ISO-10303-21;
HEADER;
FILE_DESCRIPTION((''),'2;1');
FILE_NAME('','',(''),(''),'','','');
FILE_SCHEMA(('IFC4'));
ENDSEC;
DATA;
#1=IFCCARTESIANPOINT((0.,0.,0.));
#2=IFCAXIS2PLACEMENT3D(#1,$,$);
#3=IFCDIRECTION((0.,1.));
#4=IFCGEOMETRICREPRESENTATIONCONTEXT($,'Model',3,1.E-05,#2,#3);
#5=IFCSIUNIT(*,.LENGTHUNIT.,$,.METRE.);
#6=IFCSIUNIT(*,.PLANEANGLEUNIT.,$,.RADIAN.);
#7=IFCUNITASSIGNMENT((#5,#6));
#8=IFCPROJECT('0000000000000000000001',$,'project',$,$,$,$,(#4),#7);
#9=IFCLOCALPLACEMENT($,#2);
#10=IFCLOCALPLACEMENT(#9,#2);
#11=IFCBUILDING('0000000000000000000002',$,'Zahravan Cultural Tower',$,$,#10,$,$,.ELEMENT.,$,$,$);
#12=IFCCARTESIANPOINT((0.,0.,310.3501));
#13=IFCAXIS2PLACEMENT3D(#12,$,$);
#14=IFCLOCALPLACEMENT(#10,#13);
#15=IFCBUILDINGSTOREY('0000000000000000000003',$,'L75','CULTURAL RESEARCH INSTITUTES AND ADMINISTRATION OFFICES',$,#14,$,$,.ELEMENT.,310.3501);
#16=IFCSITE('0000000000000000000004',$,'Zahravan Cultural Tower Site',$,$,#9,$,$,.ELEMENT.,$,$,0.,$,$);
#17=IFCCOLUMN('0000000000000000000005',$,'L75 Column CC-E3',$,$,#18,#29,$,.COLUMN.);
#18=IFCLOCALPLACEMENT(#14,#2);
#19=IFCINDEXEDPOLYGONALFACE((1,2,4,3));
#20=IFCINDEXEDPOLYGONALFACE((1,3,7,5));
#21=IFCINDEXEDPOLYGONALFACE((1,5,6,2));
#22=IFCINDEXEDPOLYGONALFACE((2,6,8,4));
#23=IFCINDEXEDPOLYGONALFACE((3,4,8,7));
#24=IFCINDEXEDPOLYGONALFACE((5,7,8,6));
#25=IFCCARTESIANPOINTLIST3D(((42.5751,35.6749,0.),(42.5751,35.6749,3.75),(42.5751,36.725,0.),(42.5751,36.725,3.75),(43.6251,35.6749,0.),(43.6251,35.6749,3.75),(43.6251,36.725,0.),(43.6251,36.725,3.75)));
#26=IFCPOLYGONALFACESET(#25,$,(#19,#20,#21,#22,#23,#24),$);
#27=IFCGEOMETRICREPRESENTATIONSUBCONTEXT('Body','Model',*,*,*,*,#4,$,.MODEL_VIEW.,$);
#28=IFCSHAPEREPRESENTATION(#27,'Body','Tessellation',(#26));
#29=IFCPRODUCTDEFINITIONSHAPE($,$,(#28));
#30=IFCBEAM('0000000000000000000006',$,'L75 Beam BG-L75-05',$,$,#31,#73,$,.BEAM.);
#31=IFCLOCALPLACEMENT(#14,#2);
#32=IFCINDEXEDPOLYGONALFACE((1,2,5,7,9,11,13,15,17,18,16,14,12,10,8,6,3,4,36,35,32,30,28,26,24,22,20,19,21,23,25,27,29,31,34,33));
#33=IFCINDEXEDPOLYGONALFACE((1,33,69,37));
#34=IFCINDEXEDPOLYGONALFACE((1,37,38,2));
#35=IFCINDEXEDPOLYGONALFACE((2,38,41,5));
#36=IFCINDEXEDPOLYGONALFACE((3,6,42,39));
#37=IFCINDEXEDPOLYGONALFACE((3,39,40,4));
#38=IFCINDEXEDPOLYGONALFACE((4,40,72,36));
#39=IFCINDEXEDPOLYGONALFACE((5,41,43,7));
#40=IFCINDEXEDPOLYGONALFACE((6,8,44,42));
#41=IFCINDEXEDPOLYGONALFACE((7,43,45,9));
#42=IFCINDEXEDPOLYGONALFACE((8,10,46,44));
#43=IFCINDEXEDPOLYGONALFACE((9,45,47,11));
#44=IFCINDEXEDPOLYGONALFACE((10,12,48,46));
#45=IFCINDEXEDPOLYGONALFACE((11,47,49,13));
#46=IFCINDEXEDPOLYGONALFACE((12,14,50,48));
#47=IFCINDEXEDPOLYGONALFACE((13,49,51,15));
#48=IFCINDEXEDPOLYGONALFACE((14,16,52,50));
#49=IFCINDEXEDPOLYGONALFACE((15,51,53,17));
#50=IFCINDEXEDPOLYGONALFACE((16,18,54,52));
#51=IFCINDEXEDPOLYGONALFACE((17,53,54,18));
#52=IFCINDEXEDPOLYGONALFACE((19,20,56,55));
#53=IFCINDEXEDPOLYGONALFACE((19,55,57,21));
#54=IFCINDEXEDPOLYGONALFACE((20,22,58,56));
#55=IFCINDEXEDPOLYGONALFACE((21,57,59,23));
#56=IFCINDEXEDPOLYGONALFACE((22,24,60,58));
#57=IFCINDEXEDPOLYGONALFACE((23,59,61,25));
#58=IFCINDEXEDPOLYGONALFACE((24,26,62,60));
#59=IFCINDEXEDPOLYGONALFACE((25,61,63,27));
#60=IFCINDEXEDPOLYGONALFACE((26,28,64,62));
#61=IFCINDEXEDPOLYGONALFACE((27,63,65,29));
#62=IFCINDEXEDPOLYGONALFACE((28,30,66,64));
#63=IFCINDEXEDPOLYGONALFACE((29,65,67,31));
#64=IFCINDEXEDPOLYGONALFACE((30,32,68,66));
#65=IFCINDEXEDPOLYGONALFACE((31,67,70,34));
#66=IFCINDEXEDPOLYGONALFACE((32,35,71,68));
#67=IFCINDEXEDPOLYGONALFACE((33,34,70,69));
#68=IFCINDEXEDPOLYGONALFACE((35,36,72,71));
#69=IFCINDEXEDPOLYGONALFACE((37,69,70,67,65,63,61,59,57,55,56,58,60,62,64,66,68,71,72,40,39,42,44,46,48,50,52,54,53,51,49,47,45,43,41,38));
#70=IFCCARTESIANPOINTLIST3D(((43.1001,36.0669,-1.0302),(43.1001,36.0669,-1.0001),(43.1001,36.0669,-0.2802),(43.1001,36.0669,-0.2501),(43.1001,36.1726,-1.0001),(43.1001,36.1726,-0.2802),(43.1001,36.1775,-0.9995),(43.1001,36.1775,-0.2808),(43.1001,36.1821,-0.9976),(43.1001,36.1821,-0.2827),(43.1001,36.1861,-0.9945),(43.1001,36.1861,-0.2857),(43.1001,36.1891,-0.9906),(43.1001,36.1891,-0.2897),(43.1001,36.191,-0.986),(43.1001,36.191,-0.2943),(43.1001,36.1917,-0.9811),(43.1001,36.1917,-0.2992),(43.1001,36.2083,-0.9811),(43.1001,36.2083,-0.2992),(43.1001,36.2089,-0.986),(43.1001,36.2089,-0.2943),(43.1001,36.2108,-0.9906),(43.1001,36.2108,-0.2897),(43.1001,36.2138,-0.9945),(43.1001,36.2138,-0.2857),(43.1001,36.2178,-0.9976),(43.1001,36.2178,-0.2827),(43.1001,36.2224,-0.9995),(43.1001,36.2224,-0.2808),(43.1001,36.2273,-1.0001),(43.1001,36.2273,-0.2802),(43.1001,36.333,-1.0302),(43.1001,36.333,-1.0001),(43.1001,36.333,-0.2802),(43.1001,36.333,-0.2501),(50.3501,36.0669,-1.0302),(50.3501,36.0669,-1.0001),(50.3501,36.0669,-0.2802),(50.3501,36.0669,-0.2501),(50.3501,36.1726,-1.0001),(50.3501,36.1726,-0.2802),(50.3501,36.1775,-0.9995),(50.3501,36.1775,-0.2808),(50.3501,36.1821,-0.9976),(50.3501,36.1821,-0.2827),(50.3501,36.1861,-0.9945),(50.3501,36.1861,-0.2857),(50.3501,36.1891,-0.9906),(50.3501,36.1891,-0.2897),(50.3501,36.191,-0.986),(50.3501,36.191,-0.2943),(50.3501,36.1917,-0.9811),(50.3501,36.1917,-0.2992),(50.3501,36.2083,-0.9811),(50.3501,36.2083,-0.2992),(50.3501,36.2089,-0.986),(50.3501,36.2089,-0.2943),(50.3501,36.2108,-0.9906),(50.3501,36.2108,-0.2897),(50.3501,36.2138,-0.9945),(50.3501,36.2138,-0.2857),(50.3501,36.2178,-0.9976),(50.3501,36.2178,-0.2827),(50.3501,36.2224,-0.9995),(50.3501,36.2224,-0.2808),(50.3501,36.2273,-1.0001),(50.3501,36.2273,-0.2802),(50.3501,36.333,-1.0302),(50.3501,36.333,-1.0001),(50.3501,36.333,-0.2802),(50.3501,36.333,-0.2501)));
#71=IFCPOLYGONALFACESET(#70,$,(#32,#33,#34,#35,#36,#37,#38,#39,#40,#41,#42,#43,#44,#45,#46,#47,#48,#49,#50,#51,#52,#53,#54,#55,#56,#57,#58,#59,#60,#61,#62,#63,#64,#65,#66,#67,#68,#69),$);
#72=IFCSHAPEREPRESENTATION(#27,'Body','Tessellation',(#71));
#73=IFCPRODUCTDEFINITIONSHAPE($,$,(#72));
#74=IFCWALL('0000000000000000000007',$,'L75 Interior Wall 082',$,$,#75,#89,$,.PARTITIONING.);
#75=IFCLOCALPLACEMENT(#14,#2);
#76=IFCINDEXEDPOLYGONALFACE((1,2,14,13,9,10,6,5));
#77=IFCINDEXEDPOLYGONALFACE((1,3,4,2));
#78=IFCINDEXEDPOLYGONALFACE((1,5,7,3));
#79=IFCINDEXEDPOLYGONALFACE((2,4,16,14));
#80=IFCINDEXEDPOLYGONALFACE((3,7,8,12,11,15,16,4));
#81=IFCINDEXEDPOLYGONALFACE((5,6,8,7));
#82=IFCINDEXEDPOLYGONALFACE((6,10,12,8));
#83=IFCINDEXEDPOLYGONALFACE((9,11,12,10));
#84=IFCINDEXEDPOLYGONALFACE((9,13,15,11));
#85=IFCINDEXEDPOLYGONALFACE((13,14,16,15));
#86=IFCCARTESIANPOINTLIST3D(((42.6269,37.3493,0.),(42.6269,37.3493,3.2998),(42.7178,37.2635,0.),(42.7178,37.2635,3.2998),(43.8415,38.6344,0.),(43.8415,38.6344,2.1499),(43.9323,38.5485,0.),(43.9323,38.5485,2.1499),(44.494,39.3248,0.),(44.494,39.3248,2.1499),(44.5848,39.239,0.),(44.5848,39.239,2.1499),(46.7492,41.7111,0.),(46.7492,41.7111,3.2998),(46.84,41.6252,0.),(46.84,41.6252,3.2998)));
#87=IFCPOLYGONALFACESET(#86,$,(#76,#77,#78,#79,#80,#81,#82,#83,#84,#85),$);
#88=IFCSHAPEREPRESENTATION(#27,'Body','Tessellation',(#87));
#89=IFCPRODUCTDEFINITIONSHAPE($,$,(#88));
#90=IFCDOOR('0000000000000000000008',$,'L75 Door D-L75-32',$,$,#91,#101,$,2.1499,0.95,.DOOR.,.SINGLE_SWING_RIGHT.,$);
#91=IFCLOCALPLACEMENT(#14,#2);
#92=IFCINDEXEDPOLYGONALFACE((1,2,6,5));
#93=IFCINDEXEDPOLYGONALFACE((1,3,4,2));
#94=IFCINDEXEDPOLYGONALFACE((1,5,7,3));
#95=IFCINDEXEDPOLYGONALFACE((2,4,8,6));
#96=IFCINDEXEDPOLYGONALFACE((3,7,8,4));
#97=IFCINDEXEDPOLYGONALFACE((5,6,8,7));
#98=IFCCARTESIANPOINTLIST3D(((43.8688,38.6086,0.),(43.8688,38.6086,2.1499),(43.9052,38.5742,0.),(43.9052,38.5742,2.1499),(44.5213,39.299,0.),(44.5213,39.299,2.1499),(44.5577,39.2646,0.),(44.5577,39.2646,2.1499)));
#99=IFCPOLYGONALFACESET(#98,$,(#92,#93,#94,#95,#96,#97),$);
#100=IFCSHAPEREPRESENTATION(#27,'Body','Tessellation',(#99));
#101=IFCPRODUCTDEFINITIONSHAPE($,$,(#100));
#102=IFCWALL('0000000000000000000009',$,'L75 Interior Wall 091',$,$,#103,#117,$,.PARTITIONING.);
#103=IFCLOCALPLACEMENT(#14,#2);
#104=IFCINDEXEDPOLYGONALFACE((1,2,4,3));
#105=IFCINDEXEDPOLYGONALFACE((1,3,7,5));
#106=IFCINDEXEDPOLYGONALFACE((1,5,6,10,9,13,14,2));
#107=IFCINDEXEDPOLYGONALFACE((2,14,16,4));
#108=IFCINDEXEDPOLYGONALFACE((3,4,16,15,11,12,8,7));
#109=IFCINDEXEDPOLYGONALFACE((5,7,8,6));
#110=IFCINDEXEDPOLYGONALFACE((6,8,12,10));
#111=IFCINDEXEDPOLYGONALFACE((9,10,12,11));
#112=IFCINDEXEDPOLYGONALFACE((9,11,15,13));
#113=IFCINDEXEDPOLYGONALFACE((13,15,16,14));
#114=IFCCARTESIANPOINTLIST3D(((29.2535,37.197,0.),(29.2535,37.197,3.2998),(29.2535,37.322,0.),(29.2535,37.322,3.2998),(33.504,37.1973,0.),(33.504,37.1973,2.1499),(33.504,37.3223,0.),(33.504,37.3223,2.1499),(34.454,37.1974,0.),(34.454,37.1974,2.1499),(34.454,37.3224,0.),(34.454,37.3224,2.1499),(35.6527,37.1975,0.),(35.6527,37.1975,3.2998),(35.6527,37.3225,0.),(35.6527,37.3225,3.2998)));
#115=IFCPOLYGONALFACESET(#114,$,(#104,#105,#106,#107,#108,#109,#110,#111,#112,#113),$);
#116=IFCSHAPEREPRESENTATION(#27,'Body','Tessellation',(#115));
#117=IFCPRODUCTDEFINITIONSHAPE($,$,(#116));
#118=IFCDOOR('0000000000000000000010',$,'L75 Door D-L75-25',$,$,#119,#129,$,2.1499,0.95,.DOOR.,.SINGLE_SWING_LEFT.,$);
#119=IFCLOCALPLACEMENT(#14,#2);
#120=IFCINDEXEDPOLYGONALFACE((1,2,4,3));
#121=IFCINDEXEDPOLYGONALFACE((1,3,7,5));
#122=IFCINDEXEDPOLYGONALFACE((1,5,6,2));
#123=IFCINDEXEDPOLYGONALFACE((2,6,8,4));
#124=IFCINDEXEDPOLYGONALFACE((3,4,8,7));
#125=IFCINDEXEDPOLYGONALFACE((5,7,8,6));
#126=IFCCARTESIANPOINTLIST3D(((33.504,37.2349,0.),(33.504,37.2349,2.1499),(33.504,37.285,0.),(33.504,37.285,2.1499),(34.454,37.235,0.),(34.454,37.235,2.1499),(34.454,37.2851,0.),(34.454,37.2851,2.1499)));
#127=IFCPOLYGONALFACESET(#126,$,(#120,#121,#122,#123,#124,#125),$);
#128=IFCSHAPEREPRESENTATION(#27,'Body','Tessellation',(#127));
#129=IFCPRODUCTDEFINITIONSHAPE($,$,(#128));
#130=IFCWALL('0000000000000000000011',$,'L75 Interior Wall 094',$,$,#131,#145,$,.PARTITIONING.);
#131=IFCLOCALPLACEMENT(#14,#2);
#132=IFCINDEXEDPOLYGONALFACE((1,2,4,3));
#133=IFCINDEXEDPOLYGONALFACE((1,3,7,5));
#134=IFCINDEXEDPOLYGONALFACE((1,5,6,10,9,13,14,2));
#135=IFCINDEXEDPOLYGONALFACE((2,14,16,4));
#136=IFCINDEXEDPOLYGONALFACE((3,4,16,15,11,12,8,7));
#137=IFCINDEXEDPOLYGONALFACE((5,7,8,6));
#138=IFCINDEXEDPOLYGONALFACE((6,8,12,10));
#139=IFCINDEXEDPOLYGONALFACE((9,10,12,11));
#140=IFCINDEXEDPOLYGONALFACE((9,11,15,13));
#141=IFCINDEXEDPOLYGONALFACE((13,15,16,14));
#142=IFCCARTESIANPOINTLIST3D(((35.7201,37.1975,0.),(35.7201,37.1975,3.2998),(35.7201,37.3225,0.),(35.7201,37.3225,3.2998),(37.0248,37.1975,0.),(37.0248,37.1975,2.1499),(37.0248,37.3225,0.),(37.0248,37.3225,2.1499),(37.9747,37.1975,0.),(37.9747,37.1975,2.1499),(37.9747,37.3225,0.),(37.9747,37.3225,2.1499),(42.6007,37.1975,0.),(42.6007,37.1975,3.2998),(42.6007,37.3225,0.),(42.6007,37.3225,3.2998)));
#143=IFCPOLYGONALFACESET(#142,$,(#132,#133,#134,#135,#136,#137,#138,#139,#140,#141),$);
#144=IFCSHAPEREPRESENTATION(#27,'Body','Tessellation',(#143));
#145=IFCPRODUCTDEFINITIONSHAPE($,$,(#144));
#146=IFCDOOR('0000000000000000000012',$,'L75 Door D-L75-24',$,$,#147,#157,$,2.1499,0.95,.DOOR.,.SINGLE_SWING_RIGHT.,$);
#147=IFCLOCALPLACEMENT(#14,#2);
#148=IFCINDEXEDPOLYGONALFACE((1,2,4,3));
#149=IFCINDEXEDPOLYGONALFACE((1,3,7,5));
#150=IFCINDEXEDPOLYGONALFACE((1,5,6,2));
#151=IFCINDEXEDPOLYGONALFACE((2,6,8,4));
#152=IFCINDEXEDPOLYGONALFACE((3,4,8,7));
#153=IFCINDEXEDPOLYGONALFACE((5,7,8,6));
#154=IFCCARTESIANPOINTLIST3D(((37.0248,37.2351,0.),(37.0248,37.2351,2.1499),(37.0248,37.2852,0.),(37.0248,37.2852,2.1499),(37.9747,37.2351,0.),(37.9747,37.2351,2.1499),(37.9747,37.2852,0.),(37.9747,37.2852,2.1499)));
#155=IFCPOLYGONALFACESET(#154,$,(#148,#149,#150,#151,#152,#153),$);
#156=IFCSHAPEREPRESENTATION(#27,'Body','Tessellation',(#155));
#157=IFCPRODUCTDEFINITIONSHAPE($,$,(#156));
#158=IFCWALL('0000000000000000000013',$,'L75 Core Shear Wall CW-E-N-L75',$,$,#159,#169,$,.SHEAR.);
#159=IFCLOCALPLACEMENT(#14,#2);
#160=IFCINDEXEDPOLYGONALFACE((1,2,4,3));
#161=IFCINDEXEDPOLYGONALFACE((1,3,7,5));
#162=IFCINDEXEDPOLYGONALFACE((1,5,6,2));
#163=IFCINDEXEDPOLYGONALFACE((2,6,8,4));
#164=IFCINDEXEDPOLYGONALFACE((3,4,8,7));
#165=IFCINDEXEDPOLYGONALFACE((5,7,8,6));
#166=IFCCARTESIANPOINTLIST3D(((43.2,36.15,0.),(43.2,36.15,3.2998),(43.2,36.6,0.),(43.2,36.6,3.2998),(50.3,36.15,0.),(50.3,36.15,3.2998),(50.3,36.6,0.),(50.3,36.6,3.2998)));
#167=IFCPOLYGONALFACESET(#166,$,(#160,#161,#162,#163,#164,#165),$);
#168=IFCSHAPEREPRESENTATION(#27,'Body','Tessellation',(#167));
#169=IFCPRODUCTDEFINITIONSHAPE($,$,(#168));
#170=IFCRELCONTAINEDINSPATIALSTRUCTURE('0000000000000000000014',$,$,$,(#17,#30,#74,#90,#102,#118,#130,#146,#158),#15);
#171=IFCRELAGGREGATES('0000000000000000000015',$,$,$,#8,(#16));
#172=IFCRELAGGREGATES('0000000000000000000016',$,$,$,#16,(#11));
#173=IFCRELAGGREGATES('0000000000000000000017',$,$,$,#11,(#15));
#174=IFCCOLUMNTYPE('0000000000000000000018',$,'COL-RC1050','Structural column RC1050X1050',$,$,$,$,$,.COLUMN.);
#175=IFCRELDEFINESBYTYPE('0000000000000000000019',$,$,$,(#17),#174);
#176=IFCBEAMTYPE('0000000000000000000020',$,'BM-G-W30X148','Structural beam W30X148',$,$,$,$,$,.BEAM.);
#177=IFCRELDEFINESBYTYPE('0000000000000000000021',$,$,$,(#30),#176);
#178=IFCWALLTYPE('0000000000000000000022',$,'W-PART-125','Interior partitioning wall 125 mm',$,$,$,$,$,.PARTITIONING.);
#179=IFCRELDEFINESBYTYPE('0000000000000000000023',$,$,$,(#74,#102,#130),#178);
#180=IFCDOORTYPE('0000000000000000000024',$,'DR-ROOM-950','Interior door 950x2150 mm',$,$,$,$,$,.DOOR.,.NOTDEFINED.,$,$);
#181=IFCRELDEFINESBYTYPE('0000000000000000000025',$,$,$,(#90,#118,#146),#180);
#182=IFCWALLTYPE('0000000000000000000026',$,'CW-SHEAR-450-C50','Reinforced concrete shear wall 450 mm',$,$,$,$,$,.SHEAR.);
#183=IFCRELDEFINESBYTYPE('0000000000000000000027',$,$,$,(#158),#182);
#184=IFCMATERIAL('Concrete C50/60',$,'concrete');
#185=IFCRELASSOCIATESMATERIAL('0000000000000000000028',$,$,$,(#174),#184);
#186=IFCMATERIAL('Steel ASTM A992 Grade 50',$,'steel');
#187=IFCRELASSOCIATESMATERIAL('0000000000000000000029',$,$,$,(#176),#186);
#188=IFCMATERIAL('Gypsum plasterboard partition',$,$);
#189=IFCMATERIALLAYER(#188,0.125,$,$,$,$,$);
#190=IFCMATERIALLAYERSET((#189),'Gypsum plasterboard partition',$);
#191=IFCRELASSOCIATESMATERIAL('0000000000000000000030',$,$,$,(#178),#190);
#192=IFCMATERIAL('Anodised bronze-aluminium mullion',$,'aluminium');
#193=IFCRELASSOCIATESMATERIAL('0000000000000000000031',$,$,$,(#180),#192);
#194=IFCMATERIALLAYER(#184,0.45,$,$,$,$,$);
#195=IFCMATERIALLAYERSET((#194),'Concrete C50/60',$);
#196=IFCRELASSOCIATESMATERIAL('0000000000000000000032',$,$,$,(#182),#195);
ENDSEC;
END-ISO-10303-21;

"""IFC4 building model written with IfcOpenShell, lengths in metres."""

from ifc_helpers import new_model, si_unit, direction, frame, frame_2d, origin, origin_2d, place, context, subcontext, project, spatial, rectangle, i_section, extrude, source, transform, mapped, material, layer, layer_set, material_profile, profile_set, type_object, element, fill, save


model = new_model("IFC4")

# Units and contexts
model_context = context("Model", 3, precision=1e-05, world=origin(), true_north=direction((0.0, 1.0)))
body_context = subcontext(model_context, "Body", "Model", "MODEL_VIEW")
ifc_project = project(units=[si_unit("LENGTHUNIT", "METRE"), si_unit("PLANEANGLEUNIT", "RADIAN")], contexts=[model_context])

# Site, building, storey
site_placement = place(None, origin())
site = spatial("IfcSite", under=ifc_project, at=site_placement, Name="Zahravan Cultural Tower Site", CompositionType="ELEMENT", RefElevation=0.0)
building_placement = place(site_placement, origin())
building = spatial("IfcBuilding", under=site, at=building_placement, Name="Zahravan Cultural Tower", CompositionType="ELEMENT")
storey_placement = place(building_placement, frame((0.0, 0.0, 310.3501)))
storey = spatial("IfcBuildingStorey", under=building, at=storey_placement, Name="L75", Description="CULTURAL RESEARCH INSTITUTES AND ADMINISTRATION OFFICES", CompositionType="ELEMENT", Elevation=310.3501)

# Column
ifc_material_1 = material(Name="Concrete C50/60", Category="concrete")
ifc_material_profile_1 = material_profile(ifc_material_1, rectangle(XDim=1.05, YDim=1.05, at=origin_2d()), Name="RC1050X1050")
ifc_profile_set_1 = profile_set([ifc_material_profile_1], Name="Concrete C50/60")
column_type = type_object("IfcColumnType", Name="COL-RC1050", Description="Structural column RC1050X1050", PredefinedType="COLUMN", material=ifc_profile_set_1)
shared_shape_1 = source(origin(), body_context, "Body", "SweptSolid", [
    extrude(rectangle(XDim=1.05, YDim=1.05, at=origin_2d()), origin(), (0.0, 0.0, 1.0), 3.75),
])
column_placement = place(storey_placement, frame((43.1001, 36.2, 0.0), z_axis=(0.0, 0.0, 1.0), x_axis=(1.0, 0.0, 0.0)))
element("IfcColumn", 1, at=column_placement, inside=storey, type_object=column_type, Name="L75 Column CC-E3", PredefinedType="COLUMN", context=body_context, shape_type="MappedRepresentation", body=[
    mapped(shared_shape_1, transform((0.0, 0.0, 0.0), x_axis=(1.0, 0.0, 0.0), y_axis=(0.0, 1.0, 0.0), z_axis=(0.0, 0.0, 1.0), scale=1.0)),
])

# Beam
ifc_material_2 = material(Name="Steel ASTM A992 Grade 50", Category="steel")
ifc_material_profile_2 = material_profile(ifc_material_2, i_section(OverallWidth=0.2661, OverallDepth=0.78, WebThickness=0.0166, FlangeThickness=0.03, FilletRadius=0.019, at=origin_2d()), Name="W30X148")
ifc_profile_set_2 = profile_set([ifc_material_profile_2], Name="Steel ASTM A992 Grade 50")
beam_type = type_object("IfcBeamType", Name="BM-G-W30X148", Description="Structural beam W30X148", PredefinedType="BEAM", material=ifc_profile_set_2)
shared_shape_2 = source(origin(), body_context, "Body", "SweptSolid", [
    extrude(i_section(OverallWidth=0.2661, OverallDepth=0.78, WebThickness=0.0166, FlangeThickness=0.03, FilletRadius=0.019, at=origin_2d()), origin(), (0.0, 0.0, 1.0), 7.25),
])
beam_placement = place(storey_placement, frame((43.1001, 36.2, -0.6401), z_axis=(1.0, 0.0, 0.0), x_axis=(0.0, 1.0, 0.0)))
element("IfcBeam", 2, at=beam_placement, inside=storey, type_object=beam_type, Name="L75 Beam BG-L75-05", PredefinedType="BEAM", context=body_context, shape_type="MappedRepresentation", body=[
    mapped(shared_shape_2, transform((0.0, 0.0, 0.0), x_axis=(1.0, 0.0, 0.0), y_axis=(0.0, 1.0, 0.0), z_axis=(0.0, 0.0, 1.0), scale=1.0)),
])

# Walls, openings, doors
ifc_material_3 = material(Name="Anodised bronze-aluminium mullion", Category="aluminium")
ifc_material_4 = material(Name="Gypsum plasterboard partition")
ifc_layer_1 = layer(ifc_material_4, 0.125)
ifc_layer_set_1 = layer_set([ifc_layer_1], Name="Gypsum plasterboard partition")
wall_type_1 = type_object("IfcWallType", Name="W-PART-125", Description="Interior partitioning wall 125 mm", PredefinedType="PARTITIONING", material=ifc_layer_set_1)
wall_1_placement = place(storey_placement, frame((42.6724, 37.3064, 0.0), z_axis=(0.0, 0.0, 1.0), x_axis=(0.686872, 0.726778, 0.0)))
wall_1 = element("IfcWall", 3, at=wall_1_placement, inside=storey, type_object=wall_type_1, Name="L75 Interior Wall 082", PredefinedType="PARTITIONING", context=body_context, shape_type="SweptSolid", body=[
    extrude(rectangle(XDim=6.0015, YDim=0.125, at=frame_2d((3.0007, 0.0))), origin(), (0.0, 0.0, 1.0), 3.2998),
])
opening_1_placement = place(wall_1_placement, frame((1.7681, 0.0, 0.0)))
opening_1 = element("IfcOpeningElement", 4, at=opening_1_placement, cuts=wall_1, PredefinedType="OPENING", context=body_context, shape_type="SweptSolid", body=[
    extrude(rectangle(XDim=0.95, YDim=2.1499, at=frame_2d((0.4751, 1.075))), frame((0.0, 0.0725, 0.0), z_axis=(0.0, -1.0, 0.0), x_axis=(1.0, 0.0, 0.0)), (0.0, 0.0, 1.0), 0.145),
])
door_type_1 = type_object("IfcDoorType", Name="DR-ROOM-950", Description="Interior door 950x2150 mm", OperationType="NOTDEFINED", PredefinedType="DOOR", material=ifc_material_3)
shared_shape_3 = source(origin(), body_context, "Body", "SweptSolid", [
    extrude(rectangle(XDim=0.95, YDim=2.1499, at=frame_2d((0.4751, 1.075))), frame((0.0, 0.0249, 0.0), z_axis=(0.0, -1.0, 0.0), x_axis=(1.0, 0.0, 0.0)), (0.0, 0.0, 1.0), 0.05),
])
door_1_placement = place(opening_1_placement, origin())
door_1 = element("IfcDoor", 5, at=door_1_placement, inside=storey, type_object=door_type_1, Name="L75 Door D-L75-32", OperationType="SINGLE_SWING_RIGHT", OverallHeight=2.1499, OverallWidth=0.95, PredefinedType="DOOR", context=body_context, shape_type="MappedRepresentation", body=[
    mapped(shared_shape_3, transform((0.0, 0.0, 0.0), x_axis=(1.0, 0.0, 0.0), y_axis=(0.0, 1.0, 0.0), z_axis=(0.0, 0.0, 1.0), scale=1.0)),
])
fill(opening_1, door_1)
wall_2_placement = place(storey_placement, frame((35.6528, 37.26, 0.0), z_axis=(0.0, 0.0, 1.0), x_axis=(-1.0, -0.000076, 0.0)))
wall_2 = element("IfcWall", 6, at=wall_2_placement, inside=storey, type_object=wall_type_1, Name="L75 Interior Wall 091", PredefinedType="PARTITIONING", context=body_context, shape_type="SweptSolid", body=[
    extrude(rectangle(XDim=6.3992, YDim=0.125, at=frame_2d((3.1997, 0.0))), origin(), (0.0, 0.0, 1.0), 3.2998),
])
opening_2_placement = place(wall_2_placement, frame((1.1987, 0.0, 0.0)))
opening_2 = element("IfcOpeningElement", 7, at=opening_2_placement, cuts=wall_2, PredefinedType="OPENING", context=body_context, shape_type="SweptSolid", body=[
    extrude(rectangle(XDim=0.95, YDim=2.1499, at=frame_2d((0.4751, 1.075))), frame((0.0, 0.0725, 0.0), z_axis=(0.0, -1.0, 0.0), x_axis=(1.0, 0.0, 0.0)), (0.0, 0.0, 1.0), 0.145),
])
door_2_placement = place(opening_2_placement, origin())
door_2 = element("IfcDoor", 8, at=door_2_placement, inside=storey, type_object=door_type_1, Name="L75 Door D-L75-25", OperationType="SINGLE_SWING_LEFT", OverallHeight=2.1499, OverallWidth=0.95, PredefinedType="DOOR", context=body_context, shape_type="MappedRepresentation", body=[
    mapped(shared_shape_3, transform((0.0, 0.0, 0.0), x_axis=(1.0, 0.0, 0.0), y_axis=(0.0, 1.0, 0.0), z_axis=(0.0, 0.0, 1.0), scale=1.0)),
])
fill(opening_2, door_2)
wall_3_placement = place(storey_placement, frame((42.6008, 37.26, 0.0), z_axis=(0.0, 0.0, 1.0), x_axis=(-1.0, 0.0, 0.0)))
wall_3 = element("IfcWall", 9, at=wall_3_placement, inside=storey, type_object=wall_type_1, Name="L75 Interior Wall 094", PredefinedType="PARTITIONING", context=body_context, shape_type="SweptSolid", body=[
    extrude(rectangle(XDim=6.8806, YDim=0.125, at=frame_2d((3.4404, 0.0))), origin(), (0.0, 0.0, 1.0), 3.2998),
])
opening_3_placement = place(wall_3_placement, frame((4.626, 0.0, 0.0)))
opening_3 = element("IfcOpeningElement", 10, at=opening_3_placement, cuts=wall_3, PredefinedType="OPENING", context=body_context, shape_type="SweptSolid", body=[
    extrude(rectangle(XDim=0.95, YDim=2.1499, at=frame_2d((0.4751, 1.075))), frame((0.0, 0.0725, 0.0), z_axis=(0.0, -1.0, 0.0), x_axis=(1.0, 0.0, 0.0)), (0.0, 0.0, 1.0), 0.145),
])
door_3_placement = place(opening_3_placement, origin())
door_3 = element("IfcDoor", 11, at=door_3_placement, inside=storey, type_object=door_type_1, Name="L75 Door D-L75-24", OperationType="SINGLE_SWING_RIGHT", OverallHeight=2.1499, OverallWidth=0.95, PredefinedType="DOOR", context=body_context, shape_type="MappedRepresentation", body=[
    mapped(shared_shape_3, transform((0.0, 0.0, 0.0), x_axis=(1.0, 0.0, 0.0), y_axis=(0.0, 1.0, 0.0), z_axis=(0.0, 0.0, 1.0), scale=1.0)),
])
fill(opening_3, door_3)

# Wall
ifc_layer_2 = layer(ifc_material_1, 0.45)
ifc_layer_set_2 = layer_set([ifc_layer_2], Name="Concrete C50/60")
wall_type_2 = type_object("IfcWallType", Name="CW-SHEAR-450-C50", Description="Reinforced concrete shear wall 450 mm", PredefinedType="SHEAR", material=ifc_layer_set_2)
shared_shape_4 = source(origin(), body_context, "Body", "SweptSolid", [
    extrude(rectangle(XDim=7.1001, YDim=0.45, at=frame_2d((3.55, 0.0))), origin(), (0.0, 0.0, 1.0), 3.2998),
])
wall_4_placement = place(storey_placement, frame((43.2, 36.375, 0.0), z_axis=(0.0, 0.0, 1.0), x_axis=(1.0, 0.0, 0.0)))
element("IfcWall", 12, at=wall_4_placement, inside=storey, type_object=wall_type_2, Name="L75 Core Shear Wall CW-E-N-L75", PredefinedType="SHEAR", context=body_context, shape_type="MappedRepresentation", body=[
    mapped(shared_shape_4, transform((0.0, 0.0, 0.0), x_axis=(1.0, 0.0, 0.0), y_axis=(0.0, 1.0, 0.0), z_axis=(0.0, 0.0, 1.0), scale=1.0)),
])

save(model, "model.ifc")
